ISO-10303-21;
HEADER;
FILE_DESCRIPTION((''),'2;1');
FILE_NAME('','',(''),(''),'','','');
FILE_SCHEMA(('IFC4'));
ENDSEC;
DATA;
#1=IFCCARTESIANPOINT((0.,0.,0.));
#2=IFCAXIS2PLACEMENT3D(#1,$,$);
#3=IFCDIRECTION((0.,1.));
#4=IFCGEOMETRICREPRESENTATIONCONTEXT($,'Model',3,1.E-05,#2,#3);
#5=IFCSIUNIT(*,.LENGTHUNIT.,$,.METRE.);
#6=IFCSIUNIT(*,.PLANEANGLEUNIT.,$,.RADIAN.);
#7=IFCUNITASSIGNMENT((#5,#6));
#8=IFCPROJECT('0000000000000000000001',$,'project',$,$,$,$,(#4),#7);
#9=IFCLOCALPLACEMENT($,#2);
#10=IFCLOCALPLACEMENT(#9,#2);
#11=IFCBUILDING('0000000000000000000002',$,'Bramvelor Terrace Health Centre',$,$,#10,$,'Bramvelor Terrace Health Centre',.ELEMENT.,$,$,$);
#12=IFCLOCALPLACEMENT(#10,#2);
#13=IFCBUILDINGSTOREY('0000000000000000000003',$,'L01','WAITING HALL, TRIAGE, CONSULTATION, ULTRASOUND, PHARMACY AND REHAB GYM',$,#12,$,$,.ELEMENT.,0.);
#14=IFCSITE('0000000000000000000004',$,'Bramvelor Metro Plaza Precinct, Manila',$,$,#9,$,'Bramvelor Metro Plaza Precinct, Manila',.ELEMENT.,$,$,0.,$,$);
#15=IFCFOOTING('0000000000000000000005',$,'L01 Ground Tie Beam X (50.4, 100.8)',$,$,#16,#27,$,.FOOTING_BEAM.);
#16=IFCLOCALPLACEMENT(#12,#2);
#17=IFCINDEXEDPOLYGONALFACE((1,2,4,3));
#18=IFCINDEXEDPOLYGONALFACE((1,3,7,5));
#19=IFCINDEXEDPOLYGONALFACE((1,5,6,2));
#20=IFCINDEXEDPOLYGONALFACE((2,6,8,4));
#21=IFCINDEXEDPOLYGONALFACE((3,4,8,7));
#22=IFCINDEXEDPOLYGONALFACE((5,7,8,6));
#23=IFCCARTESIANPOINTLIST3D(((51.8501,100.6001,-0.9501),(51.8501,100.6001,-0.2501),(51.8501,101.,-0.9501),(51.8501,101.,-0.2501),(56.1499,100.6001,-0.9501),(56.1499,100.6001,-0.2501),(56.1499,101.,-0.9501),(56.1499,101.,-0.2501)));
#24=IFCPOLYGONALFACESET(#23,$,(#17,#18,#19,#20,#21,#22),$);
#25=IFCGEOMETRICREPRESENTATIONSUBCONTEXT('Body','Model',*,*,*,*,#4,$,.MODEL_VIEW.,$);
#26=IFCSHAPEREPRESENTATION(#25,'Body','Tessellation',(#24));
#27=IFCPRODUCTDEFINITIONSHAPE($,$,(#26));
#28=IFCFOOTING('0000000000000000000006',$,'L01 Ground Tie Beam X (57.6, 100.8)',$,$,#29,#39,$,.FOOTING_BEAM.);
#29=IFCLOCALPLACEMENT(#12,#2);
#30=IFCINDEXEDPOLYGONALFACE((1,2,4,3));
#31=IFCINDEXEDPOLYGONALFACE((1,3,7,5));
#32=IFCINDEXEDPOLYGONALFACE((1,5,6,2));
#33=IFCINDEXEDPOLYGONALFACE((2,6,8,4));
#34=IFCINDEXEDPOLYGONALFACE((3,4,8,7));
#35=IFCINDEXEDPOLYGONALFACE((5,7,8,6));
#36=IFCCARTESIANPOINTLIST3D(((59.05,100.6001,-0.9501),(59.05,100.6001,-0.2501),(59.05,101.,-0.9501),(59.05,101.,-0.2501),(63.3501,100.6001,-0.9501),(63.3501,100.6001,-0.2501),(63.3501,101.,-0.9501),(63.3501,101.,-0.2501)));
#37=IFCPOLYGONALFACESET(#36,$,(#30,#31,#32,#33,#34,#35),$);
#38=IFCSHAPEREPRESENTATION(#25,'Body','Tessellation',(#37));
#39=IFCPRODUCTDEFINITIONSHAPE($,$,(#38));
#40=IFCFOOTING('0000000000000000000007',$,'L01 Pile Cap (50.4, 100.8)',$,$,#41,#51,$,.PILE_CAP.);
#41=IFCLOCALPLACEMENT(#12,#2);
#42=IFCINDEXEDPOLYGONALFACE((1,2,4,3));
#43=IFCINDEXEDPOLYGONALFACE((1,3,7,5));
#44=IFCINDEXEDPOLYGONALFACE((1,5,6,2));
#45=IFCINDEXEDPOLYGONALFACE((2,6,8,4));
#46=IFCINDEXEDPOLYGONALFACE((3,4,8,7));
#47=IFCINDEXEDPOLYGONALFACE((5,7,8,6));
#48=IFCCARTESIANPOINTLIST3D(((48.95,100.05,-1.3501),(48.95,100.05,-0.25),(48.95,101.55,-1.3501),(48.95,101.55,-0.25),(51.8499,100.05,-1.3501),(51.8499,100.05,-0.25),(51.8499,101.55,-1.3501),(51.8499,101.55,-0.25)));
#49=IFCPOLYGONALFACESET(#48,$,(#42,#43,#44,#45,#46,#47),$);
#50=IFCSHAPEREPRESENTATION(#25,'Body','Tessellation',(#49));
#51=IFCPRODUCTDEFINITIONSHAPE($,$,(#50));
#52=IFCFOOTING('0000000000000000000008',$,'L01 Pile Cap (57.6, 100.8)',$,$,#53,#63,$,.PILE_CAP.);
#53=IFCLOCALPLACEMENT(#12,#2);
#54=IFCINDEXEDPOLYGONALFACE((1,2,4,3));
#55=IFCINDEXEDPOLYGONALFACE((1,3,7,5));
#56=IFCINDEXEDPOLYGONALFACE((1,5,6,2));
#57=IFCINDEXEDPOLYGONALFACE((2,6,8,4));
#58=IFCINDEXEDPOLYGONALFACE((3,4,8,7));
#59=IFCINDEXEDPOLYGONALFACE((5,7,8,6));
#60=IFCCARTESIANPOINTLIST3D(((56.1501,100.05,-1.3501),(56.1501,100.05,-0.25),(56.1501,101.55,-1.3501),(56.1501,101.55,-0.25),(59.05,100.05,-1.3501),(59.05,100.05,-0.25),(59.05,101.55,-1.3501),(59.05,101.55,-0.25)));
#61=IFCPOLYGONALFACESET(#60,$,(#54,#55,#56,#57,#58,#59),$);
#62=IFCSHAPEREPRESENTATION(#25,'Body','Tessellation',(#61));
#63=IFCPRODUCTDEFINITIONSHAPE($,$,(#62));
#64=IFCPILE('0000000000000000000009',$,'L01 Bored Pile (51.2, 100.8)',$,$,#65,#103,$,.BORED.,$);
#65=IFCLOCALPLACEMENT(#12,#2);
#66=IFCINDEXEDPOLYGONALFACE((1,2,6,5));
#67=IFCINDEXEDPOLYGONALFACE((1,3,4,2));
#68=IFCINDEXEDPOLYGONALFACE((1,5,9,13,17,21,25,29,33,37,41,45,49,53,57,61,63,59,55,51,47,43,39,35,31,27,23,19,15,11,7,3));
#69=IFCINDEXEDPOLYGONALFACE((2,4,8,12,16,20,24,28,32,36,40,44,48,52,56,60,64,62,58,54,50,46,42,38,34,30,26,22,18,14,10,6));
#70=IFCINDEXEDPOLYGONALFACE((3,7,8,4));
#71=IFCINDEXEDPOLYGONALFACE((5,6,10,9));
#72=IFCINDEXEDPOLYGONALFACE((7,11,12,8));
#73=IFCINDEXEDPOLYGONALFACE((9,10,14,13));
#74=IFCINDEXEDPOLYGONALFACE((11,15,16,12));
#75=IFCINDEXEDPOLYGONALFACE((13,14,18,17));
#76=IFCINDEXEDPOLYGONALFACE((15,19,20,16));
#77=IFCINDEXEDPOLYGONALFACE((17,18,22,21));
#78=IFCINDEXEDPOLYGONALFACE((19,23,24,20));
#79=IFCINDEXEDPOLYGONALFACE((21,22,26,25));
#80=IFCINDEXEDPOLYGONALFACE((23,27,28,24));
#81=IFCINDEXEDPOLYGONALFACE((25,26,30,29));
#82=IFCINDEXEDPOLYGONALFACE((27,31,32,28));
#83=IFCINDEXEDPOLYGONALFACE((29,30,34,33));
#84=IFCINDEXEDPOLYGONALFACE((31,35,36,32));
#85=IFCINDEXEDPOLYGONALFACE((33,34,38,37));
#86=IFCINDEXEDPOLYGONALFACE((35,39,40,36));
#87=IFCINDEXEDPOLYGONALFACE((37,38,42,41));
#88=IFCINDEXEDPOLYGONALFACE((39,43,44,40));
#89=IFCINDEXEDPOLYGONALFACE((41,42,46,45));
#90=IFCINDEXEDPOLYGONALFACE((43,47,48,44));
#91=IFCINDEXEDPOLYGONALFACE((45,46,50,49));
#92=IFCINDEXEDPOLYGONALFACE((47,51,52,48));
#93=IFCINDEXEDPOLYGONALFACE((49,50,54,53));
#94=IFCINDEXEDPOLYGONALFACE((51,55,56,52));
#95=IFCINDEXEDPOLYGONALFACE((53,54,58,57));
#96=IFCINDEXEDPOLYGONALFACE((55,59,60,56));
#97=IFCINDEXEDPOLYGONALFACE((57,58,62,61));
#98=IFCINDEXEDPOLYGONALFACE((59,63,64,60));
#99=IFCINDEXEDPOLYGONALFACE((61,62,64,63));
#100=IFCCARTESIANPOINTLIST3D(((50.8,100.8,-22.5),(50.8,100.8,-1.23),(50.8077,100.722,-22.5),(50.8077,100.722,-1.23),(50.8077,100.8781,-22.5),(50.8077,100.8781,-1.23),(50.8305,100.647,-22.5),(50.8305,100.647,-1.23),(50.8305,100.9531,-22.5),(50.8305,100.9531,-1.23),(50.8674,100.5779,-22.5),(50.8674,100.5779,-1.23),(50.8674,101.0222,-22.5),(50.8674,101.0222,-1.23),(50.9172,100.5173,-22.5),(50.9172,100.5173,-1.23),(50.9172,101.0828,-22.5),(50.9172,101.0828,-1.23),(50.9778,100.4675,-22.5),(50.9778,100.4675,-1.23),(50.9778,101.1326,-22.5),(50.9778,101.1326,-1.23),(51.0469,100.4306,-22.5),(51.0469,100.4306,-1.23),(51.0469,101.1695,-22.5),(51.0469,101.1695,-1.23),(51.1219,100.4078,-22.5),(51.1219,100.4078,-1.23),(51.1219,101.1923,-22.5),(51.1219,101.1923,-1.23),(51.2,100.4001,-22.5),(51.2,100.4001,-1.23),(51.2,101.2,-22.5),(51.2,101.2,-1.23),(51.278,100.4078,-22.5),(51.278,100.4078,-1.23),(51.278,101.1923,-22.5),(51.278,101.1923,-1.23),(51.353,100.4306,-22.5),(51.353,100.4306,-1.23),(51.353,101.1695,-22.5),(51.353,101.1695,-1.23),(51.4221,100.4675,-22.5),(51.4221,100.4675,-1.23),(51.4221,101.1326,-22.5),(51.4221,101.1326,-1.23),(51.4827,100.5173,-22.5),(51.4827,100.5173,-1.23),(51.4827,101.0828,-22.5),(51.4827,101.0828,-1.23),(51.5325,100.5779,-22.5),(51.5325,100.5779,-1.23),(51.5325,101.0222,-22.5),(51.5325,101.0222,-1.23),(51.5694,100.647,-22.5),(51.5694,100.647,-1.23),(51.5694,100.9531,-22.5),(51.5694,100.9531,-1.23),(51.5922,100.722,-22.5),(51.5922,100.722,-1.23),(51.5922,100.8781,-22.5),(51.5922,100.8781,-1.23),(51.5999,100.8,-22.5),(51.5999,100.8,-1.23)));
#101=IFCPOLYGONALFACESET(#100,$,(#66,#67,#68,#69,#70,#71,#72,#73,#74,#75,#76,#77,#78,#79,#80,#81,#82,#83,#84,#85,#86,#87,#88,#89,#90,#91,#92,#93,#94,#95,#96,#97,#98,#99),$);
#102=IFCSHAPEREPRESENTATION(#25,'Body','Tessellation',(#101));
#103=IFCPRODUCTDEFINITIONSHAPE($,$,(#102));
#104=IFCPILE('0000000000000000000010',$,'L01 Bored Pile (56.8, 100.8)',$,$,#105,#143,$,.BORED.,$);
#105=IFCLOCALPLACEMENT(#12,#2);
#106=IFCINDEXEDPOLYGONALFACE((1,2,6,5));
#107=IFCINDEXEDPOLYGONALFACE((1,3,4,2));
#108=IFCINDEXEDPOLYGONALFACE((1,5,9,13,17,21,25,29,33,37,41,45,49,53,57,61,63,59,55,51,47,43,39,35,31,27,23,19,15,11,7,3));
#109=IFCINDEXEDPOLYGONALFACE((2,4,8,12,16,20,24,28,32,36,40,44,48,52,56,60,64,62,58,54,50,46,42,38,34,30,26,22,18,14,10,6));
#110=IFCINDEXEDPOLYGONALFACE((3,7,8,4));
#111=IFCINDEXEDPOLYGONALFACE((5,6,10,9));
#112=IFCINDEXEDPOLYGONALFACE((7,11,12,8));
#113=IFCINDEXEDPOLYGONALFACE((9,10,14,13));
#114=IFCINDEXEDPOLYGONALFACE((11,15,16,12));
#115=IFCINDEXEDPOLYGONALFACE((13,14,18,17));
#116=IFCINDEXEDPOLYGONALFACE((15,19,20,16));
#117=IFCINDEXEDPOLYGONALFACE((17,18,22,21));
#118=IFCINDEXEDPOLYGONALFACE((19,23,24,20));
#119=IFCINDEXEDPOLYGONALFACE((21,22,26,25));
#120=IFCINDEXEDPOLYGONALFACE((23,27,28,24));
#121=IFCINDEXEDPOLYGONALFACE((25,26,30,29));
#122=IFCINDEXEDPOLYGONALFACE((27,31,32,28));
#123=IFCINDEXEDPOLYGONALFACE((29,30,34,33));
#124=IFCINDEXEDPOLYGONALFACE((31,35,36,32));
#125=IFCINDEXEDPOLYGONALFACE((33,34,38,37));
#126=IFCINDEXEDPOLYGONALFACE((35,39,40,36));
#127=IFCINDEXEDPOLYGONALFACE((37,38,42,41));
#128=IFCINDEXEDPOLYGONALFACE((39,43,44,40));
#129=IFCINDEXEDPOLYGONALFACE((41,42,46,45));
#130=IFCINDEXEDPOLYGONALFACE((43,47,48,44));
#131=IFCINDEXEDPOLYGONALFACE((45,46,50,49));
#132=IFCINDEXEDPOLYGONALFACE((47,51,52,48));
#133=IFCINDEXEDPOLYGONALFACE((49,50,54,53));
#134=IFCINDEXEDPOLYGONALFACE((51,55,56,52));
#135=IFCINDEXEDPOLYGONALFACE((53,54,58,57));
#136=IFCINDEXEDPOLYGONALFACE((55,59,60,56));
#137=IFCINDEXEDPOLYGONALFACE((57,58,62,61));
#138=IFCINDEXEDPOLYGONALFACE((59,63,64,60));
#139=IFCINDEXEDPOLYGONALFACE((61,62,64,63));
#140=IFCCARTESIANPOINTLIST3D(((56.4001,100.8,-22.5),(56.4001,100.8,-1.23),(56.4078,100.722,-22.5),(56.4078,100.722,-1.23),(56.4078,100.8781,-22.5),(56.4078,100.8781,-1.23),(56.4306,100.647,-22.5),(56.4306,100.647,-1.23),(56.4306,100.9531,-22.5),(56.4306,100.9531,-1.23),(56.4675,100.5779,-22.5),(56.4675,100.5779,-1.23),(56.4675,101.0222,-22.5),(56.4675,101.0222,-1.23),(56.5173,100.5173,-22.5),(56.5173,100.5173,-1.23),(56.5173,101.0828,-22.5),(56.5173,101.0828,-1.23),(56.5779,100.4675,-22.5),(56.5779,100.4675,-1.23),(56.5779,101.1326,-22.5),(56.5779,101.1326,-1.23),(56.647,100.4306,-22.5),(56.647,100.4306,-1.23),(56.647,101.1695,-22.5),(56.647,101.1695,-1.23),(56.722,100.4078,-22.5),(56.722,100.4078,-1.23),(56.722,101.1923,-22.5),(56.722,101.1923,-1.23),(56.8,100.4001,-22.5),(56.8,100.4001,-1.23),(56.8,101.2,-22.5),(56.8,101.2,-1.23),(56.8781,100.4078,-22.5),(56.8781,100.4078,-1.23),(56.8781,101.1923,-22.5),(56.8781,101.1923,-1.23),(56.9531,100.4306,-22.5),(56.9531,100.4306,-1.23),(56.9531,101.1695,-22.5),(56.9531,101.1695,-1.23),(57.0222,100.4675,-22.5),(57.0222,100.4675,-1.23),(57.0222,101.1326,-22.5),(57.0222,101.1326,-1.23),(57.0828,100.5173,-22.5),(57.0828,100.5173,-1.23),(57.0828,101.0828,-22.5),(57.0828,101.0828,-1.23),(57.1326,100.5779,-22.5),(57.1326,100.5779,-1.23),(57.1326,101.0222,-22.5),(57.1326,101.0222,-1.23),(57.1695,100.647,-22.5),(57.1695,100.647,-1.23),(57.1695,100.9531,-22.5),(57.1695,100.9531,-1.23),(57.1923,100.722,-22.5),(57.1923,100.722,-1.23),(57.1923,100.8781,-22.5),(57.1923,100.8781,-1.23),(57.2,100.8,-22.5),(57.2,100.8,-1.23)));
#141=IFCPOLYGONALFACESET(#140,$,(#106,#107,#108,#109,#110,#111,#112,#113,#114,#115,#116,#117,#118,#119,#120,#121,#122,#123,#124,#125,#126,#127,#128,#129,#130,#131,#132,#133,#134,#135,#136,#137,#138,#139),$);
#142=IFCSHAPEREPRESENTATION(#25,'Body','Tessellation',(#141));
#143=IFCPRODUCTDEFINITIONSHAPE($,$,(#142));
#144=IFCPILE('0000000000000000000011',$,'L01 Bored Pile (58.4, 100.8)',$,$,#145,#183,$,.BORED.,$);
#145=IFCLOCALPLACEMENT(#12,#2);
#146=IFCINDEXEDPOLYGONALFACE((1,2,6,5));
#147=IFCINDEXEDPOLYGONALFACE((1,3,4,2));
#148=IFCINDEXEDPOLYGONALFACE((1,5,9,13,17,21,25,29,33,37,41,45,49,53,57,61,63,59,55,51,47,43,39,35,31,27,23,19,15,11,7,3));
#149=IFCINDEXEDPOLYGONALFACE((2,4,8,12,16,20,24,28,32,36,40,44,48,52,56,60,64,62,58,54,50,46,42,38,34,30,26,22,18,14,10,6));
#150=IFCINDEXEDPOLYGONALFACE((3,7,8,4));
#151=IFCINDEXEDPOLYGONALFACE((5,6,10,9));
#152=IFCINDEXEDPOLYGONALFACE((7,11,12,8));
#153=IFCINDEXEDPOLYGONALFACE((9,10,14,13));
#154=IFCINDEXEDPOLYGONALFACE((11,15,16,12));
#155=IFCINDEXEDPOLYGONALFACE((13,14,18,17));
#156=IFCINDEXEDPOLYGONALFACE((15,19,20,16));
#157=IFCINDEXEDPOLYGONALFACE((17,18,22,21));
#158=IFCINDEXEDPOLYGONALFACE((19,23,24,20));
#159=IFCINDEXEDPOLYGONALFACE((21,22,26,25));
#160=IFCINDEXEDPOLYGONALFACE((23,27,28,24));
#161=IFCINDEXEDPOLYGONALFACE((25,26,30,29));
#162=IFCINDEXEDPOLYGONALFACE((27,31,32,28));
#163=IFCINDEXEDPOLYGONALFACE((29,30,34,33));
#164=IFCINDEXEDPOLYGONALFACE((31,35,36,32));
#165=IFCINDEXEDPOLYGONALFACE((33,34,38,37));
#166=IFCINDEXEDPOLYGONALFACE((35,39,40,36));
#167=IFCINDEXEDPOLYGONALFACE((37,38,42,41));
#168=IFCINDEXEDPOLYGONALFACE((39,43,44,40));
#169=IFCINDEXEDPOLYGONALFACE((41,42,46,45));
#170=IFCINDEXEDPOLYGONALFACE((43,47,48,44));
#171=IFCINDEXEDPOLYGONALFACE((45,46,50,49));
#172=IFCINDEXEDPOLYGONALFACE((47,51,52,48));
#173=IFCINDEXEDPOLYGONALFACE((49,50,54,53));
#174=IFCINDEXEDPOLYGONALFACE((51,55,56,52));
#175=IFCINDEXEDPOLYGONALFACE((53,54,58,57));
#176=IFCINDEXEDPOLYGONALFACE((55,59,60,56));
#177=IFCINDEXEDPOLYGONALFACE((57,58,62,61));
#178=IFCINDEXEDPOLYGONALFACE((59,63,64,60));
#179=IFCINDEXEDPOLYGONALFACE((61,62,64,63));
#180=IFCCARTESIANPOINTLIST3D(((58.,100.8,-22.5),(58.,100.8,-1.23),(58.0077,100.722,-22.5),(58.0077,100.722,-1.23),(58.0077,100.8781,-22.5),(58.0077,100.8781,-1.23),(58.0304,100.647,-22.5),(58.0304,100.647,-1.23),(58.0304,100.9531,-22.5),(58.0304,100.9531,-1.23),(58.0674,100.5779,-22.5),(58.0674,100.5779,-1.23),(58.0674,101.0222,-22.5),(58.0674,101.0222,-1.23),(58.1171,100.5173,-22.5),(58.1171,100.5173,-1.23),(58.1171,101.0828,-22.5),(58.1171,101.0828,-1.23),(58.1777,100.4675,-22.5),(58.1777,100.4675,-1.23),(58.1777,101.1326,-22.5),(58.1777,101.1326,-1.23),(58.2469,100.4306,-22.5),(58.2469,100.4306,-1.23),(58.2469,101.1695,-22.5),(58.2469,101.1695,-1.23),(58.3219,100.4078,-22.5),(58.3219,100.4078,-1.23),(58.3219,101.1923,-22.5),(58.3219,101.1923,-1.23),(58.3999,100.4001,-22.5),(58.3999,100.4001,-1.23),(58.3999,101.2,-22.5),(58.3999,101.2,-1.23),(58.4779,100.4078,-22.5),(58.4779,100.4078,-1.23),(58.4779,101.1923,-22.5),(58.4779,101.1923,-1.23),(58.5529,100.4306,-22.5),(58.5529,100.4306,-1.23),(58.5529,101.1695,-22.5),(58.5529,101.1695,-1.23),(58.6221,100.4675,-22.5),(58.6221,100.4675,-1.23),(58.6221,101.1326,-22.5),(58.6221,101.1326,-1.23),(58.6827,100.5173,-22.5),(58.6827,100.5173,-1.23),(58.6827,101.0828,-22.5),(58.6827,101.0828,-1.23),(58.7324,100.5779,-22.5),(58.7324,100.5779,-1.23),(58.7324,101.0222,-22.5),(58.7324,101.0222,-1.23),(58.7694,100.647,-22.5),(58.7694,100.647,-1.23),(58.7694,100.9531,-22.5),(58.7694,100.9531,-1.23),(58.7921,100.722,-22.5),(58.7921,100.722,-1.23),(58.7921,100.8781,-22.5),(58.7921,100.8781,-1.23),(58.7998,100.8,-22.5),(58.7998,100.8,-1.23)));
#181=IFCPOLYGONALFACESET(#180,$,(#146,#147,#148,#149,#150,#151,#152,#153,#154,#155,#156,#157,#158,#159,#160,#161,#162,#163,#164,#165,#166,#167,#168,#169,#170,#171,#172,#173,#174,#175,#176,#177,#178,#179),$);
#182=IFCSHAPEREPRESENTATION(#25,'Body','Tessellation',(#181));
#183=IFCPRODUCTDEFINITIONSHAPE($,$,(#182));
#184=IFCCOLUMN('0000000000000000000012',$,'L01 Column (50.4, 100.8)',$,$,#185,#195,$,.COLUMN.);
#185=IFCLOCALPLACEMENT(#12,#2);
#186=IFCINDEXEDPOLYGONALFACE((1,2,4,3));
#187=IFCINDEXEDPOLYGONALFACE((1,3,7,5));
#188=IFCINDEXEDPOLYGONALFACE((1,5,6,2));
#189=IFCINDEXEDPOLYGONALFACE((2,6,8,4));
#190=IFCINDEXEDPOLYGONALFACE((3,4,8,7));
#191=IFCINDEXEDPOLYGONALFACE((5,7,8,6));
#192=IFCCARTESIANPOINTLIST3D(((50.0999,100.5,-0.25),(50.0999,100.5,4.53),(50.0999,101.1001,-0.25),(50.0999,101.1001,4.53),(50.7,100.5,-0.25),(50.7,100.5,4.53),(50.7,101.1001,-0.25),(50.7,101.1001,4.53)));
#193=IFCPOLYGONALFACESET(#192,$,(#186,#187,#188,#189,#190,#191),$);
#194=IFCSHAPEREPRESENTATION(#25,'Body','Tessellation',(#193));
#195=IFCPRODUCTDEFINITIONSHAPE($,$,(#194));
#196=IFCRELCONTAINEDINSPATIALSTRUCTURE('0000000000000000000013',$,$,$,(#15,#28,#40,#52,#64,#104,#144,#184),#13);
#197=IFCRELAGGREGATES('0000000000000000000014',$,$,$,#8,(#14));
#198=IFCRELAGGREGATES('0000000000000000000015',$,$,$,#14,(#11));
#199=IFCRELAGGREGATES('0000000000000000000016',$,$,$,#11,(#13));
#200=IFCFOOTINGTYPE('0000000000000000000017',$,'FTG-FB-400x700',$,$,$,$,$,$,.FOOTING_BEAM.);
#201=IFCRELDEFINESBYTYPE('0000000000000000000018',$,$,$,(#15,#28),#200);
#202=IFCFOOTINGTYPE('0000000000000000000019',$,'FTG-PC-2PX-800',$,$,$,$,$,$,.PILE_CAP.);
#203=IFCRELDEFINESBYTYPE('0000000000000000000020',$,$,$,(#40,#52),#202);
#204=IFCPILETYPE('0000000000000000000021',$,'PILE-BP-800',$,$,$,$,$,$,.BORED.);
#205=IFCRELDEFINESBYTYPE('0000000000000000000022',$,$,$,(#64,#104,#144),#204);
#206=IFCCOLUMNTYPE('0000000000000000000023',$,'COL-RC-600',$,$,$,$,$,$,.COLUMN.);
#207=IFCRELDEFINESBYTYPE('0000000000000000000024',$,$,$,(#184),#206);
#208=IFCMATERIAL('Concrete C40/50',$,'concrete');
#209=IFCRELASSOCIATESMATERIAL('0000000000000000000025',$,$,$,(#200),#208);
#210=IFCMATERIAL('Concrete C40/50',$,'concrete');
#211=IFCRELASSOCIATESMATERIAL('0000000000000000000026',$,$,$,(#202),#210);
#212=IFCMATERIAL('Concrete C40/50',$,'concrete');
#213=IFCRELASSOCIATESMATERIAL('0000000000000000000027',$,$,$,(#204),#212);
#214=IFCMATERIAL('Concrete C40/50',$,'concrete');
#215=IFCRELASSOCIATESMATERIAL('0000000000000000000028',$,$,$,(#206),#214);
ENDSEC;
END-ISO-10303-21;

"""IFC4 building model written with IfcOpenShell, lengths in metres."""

from ifc_helpers import new_model, si_unit, direction, frame, origin, origin_2d, place, context, subcontext, project, spatial, rectangle, circle, extrude, material, material_profile, profile_set, type_object, element, save


model = new_model("IFC4")

# Units and contexts
model_context = context("Model", 3, precision=1e-05, world=origin(), true_north=direction((0.0, 1.0)))
body_context = subcontext(model_context, "Body", "Model", "MODEL_VIEW")
ifc_project = project(units=[si_unit("LENGTHUNIT", "METRE"), si_unit("PLANEANGLEUNIT", "RADIAN")], contexts=[model_context])

# Site, building, storey
site_placement = place(None, origin())
site = spatial("IfcSite", under=ifc_project, at=site_placement, Name="Bramvelor Metro Plaza Precinct, Manila", LongName="Bramvelor Metro Plaza Precinct, Manila", CompositionType="ELEMENT", RefElevation=0.0)
building_placement = place(site_placement, origin())
building = spatial("IfcBuilding", under=site, at=building_placement, Name="Bramvelor Terrace Health Centre", LongName="Bramvelor Terrace Health Centre", CompositionType="ELEMENT")
storey_placement = place(building_placement, origin())
storey = spatial("IfcBuildingStorey", under=building, at=storey_placement, Name="L01", Description="WAITING HALL, TRIAGE, CONSULTATION, ULTRASOUND, PHARMACY AND REHAB GYM", CompositionType="ELEMENT", Elevation=0.0)

# Footings
ifc_material_1 = material(Name="Concrete C40/50", Category="concrete")
ifc_material_profile_1 = material_profile(ifc_material_1, rectangle(XDim=0.3999, YDim=0.7, at=origin_2d()), Name="RC 400x700")
ifc_profile_set_1 = profile_set([ifc_material_profile_1], Name="Concrete C40/50")
footing_type_1 = type_object("IfcFootingType", Name="FTG-FB-400x700", PredefinedType="FOOTING_BEAM", material=ifc_profile_set_1)
footing_1_placement = place(storey_placement, frame((51.8501, 100.8, -0.6001), z_axis=(1.0, 0.0, 0.0), x_axis=(0.0, 1.0, 0.0)))
element("IfcFooting", 1, at=footing_1_placement, inside=storey, type_object=footing_type_1, Name="L01 Ground Tie Beam X (50.4, 100.8)", PredefinedType="FOOTING_BEAM", context=body_context, shape_type="SweptSolid", body=[
    extrude(rectangle(XDim=0.3999, YDim=0.7, at=origin_2d()), origin(), (0.0, 0.0, 1.0), 4.2998),
])
footing_2_placement = place(storey_placement, frame((59.05, 100.8, -0.6001), z_axis=(1.0, 0.0, 0.0), x_axis=(0.0, 1.0, 0.0)))
element("IfcFooting", 2, at=footing_2_placement, inside=storey, type_object=footing_type_1, Name="L01 Ground Tie Beam X (57.6, 100.8)", PredefinedType="FOOTING_BEAM", context=body_context, shape_type="SweptSolid", body=[
    extrude(rectangle(XDim=0.3999, YDim=0.7, at=origin_2d()), origin(), (0.0, 0.0, 1.0), 4.3),
])
ifc_material_2 = material(Name="Concrete C40/50", Category="concrete")
footing_type_2 = type_object("IfcFootingType", Name="FTG-PC-2PX-800", PredefinedType="PILE_CAP", material=ifc_material_2)
for number, where, z_axis, x_axis, name in (
    (3, (50.3999, 100.8, -1.3501), (0.0, 0.0, 1.0), (1.0, 0.0, 0.0), "L01 Pile Cap (50.4, 100.8)"),
    (4, (57.6001, 100.8, -1.3501), (0.0, 0.0, 1.0), (1.0, 0.0, 0.0), "L01 Pile Cap (57.6, 100.8)"),
):
    element("IfcFooting", number, at=place(storey_placement, frame(where, z_axis=z_axis, x_axis=x_axis)), inside=storey, type_object=footing_type_2, Name=name, PredefinedType="PILE_CAP", context=body_context, shape_type="SweptSolid", body=[
        extrude(rectangle(XDim=2.8999, YDim=1.5, at=origin_2d()), origin(), (0.0, 0.0, 1.0), 1.1001),
    ])

# Piles
ifc_material_3 = material(Name="Concrete C40/50", Category="concrete")
ifc_material_profile_2 = material_profile(ifc_material_3, circle(Radius=0.3999, at=origin_2d()), Name="BP D800")
ifc_profile_set_2 = profile_set([ifc_material_profile_2], Name="Concrete C40/50")
pile_type = type_object("IfcPileType", Name="PILE-BP-800", PredefinedType="BORED", material=ifc_profile_set_2)
for number, where, z_axis, x_axis, name in (
    (5, (51.2, 100.8, -1.23), (0.0, 0.0, -1.0), (1.0, 0.0, 0.0), "L01 Bored Pile (51.2, 100.8)"),
    (6, (56.8, 100.8, -1.23), (0.0, 0.0, -1.0), (1.0, 0.0, 0.0), "L01 Bored Pile (56.8, 100.8)"),
    (7, (58.3999, 100.8, -1.23), (0.0, 0.0, -1.0), (1.0, 0.0, 0.0), "L01 Bored Pile (58.4, 100.8)"),
):
    element("IfcPile", number, at=place(storey_placement, frame(where, z_axis=z_axis, x_axis=x_axis)), inside=storey, type_object=pile_type, Name=name, PredefinedType="BORED", context=body_context, shape_type="SweptSolid", body=[
        extrude(circle(Radius=0.3999, at=origin_2d()), origin(), (0.0, 0.0, 1.0), 21.27),
    ])

# Column
ifc_material_4 = material(Name="Concrete C40/50", Category="concrete")
ifc_material_profile_3 = material_profile(ifc_material_4, rectangle(XDim=0.6001, YDim=0.6001, at=origin_2d()), Name="RC 600x600")
ifc_profile_set_3 = profile_set([ifc_material_profile_3], Name="Concrete C40/50")
column_type = type_object("IfcColumnType", Name="COL-RC-600", PredefinedType="COLUMN", material=ifc_profile_set_3)
column_1_placement = place(storey_placement, frame((50.3999, 100.8, -0.25), z_axis=(0.0, 0.0, 1.0), x_axis=(1.0, 0.0, 0.0)))
element("IfcColumn", 8, at=column_1_placement, inside=storey, type_object=column_type, Name="L01 Column (50.4, 100.8)", PredefinedType="COLUMN", context=body_context, shape_type="SweptSolid", body=[
    extrude(rectangle(XDim=0.6001, YDim=0.6001, at=origin_2d()), origin(), (0.0, 0.0, 1.0), 4.78),
])

save(model, "model.ifc")
